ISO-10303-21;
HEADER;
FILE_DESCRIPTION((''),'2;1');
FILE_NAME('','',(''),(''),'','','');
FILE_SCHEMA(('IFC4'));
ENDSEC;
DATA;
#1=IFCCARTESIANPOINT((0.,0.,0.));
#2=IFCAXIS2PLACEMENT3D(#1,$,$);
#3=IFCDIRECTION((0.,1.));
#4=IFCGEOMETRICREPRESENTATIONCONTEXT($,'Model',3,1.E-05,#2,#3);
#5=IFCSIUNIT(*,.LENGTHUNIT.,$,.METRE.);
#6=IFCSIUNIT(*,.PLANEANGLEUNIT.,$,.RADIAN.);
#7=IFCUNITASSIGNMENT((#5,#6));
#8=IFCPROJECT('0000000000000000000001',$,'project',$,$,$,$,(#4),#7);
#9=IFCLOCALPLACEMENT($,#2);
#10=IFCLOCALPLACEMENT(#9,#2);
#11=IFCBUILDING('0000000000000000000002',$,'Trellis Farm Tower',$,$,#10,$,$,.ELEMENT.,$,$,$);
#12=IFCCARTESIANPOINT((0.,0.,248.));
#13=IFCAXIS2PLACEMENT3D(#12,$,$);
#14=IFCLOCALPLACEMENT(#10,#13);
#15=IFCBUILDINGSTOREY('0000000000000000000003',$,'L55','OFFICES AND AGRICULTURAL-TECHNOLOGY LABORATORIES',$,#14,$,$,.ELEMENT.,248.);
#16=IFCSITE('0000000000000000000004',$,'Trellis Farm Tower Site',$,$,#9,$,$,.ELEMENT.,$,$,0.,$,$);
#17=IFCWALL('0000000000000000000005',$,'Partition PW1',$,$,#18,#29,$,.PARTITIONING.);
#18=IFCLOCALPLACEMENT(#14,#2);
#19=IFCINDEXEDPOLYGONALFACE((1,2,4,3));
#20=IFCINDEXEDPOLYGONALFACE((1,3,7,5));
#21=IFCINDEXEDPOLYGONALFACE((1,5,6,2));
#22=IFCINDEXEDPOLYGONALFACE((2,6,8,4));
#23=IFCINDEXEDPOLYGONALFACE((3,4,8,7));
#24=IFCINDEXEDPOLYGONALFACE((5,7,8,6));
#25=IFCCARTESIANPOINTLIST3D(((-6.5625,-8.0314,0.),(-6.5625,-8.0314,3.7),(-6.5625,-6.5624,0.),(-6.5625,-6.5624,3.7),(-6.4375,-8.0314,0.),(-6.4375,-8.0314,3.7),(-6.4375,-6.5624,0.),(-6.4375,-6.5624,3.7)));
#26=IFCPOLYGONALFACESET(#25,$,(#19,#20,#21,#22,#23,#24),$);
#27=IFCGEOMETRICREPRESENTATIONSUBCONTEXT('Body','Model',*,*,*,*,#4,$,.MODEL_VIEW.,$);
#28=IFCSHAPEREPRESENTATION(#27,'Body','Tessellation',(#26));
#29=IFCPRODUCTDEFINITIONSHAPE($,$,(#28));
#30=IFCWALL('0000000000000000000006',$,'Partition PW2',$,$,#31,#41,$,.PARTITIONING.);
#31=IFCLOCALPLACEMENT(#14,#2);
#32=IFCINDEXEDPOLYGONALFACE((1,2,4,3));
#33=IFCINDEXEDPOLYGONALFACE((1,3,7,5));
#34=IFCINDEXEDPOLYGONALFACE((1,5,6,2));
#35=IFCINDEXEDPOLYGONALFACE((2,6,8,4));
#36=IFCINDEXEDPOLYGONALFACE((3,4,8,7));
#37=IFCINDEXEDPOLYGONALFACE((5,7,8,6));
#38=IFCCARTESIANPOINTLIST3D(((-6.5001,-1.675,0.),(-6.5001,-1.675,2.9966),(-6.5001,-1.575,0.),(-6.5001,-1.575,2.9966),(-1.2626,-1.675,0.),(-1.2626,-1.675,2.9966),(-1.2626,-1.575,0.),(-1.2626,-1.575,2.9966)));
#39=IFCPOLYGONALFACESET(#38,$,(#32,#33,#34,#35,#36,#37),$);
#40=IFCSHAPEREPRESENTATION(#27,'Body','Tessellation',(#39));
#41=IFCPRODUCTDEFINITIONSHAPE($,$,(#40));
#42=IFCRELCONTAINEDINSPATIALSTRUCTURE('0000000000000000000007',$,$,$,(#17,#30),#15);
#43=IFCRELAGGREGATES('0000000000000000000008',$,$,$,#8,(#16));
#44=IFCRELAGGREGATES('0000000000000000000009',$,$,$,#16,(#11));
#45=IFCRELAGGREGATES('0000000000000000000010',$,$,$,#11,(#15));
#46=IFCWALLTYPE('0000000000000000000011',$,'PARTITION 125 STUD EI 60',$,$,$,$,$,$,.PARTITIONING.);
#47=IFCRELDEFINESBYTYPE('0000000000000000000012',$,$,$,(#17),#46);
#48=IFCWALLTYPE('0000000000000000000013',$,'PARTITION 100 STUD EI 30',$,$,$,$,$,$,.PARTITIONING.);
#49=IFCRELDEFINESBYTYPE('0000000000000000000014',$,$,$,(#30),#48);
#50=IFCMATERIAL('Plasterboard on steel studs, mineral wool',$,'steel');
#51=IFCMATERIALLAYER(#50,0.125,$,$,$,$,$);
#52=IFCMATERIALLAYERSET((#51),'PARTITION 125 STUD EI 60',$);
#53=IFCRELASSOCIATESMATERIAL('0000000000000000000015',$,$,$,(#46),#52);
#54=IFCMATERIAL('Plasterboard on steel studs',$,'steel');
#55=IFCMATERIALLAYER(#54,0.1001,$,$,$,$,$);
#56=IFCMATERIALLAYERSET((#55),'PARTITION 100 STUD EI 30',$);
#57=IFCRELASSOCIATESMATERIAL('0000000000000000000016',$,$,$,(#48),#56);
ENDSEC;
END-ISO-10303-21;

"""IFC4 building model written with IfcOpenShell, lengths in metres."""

from ifc_helpers import new_model, si_unit, direction, frame, frame_2d, origin, place, context, subcontext, project, spatial, rectangle, extrude, source, transform, mapped, material, layer, layer_set, type_object, element, save


model = new_model("IFC4")

# Units and contexts
model_context = context("Model", 3, precision=1e-05, world=origin(), true_north=direction((0.0, 1.0)))
body_context = subcontext(model_context, "Body", "Model", "MODEL_VIEW")
ifc_project = project(units=[si_unit("LENGTHUNIT", "METRE"), si_unit("PLANEANGLEUNIT", "RADIAN")], contexts=[model_context])

# Site, building, storey
site_placement = place(None, origin())
site = spatial("IfcSite", under=ifc_project, at=site_placement, Name="Trellis Farm Tower Site", CompositionType="ELEMENT", RefElevation=0.0)
building_placement = place(site_placement, origin())
building = spatial("IfcBuilding", under=site, at=building_placement, Name="Trellis Farm Tower", CompositionType="ELEMENT")
storey_placement = place(building_placement, frame((0.0, 0.0, 248.0)))
storey = spatial("IfcBuildingStorey", under=building, at=storey_placement, Name="L55", Description="OFFICES AND AGRICULTURAL-TECHNOLOGY LABORATORIES", CompositionType="ELEMENT", Elevation=248.0)

# Walls
ifc_material_1 = material(Name="Plasterboard on steel studs, mineral wool", Category="steel")
ifc_layer_1 = layer(ifc_material_1, 0.125)
ifc_layer_set_1 = layer_set([ifc_layer_1], Name="PARTITION 125 STUD EI 60")
wall_type_1 = type_object("IfcWallType", Name="PARTITION 125 STUD EI 60", PredefinedType="PARTITIONING", material=ifc_layer_set_1)
shared_shape_1 = source(origin(), body_context, "Body", "SweptSolid", [
    extrude(rectangle(XDim=1.469, YDim=0.125, at=frame_2d((0.7344, 0.0))), origin(), (0.0, 0.0, 1.0), 3.7),
])
wall_1_placement = place(storey_placement, frame((-6.5, -6.5625, 0.0), z_axis=(0.0, 0.0, 1.0), x_axis=(0.0, -1.0, 0.0)))
element("IfcWall", 1, at=wall_1_placement, inside=storey, type_object=wall_type_1, Name="Partition PW1", PredefinedType="PARTITIONING", context=body_context, shape_type="MappedRepresentation", body=[
    mapped(shared_shape_1, transform((0.0, 0.0, 0.0))),
])
ifc_material_2 = material(Name="Plasterboard on steel studs", Category="steel")
ifc_layer_2 = layer(ifc_material_2, 0.1001)
ifc_layer_set_2 = layer_set([ifc_layer_2], Name="PARTITION 100 STUD EI 30")
wall_type_2 = type_object("IfcWallType", Name="PARTITION 100 STUD EI 30", PredefinedType="PARTITIONING", material=ifc_layer_set_2)
shared_shape_2 = source(origin(), body_context, "Body", "SweptSolid", [
    extrude(rectangle(XDim=5.2375, YDim=0.1001, at=frame_2d((2.6187, 0.0))), origin(), (0.0, 0.0, 1.0), 2.9966),
])
wall_2_placement = place(storey_placement, frame((-6.5, -1.625, 0.0), z_axis=(0.0, 0.0, 1.0), x_axis=(1.0, 0.0, 0.0)))
element("IfcWall", 2, at=wall_2_placement, inside=storey, type_object=wall_type_2, Name="Partition PW2", PredefinedType="PARTITIONING", context=body_context, shape_type="MappedRepresentation", body=[
    mapped(shared_shape_2, transform((0.0, 0.0, 0.0))),
])

save(model, "model.ifc")
